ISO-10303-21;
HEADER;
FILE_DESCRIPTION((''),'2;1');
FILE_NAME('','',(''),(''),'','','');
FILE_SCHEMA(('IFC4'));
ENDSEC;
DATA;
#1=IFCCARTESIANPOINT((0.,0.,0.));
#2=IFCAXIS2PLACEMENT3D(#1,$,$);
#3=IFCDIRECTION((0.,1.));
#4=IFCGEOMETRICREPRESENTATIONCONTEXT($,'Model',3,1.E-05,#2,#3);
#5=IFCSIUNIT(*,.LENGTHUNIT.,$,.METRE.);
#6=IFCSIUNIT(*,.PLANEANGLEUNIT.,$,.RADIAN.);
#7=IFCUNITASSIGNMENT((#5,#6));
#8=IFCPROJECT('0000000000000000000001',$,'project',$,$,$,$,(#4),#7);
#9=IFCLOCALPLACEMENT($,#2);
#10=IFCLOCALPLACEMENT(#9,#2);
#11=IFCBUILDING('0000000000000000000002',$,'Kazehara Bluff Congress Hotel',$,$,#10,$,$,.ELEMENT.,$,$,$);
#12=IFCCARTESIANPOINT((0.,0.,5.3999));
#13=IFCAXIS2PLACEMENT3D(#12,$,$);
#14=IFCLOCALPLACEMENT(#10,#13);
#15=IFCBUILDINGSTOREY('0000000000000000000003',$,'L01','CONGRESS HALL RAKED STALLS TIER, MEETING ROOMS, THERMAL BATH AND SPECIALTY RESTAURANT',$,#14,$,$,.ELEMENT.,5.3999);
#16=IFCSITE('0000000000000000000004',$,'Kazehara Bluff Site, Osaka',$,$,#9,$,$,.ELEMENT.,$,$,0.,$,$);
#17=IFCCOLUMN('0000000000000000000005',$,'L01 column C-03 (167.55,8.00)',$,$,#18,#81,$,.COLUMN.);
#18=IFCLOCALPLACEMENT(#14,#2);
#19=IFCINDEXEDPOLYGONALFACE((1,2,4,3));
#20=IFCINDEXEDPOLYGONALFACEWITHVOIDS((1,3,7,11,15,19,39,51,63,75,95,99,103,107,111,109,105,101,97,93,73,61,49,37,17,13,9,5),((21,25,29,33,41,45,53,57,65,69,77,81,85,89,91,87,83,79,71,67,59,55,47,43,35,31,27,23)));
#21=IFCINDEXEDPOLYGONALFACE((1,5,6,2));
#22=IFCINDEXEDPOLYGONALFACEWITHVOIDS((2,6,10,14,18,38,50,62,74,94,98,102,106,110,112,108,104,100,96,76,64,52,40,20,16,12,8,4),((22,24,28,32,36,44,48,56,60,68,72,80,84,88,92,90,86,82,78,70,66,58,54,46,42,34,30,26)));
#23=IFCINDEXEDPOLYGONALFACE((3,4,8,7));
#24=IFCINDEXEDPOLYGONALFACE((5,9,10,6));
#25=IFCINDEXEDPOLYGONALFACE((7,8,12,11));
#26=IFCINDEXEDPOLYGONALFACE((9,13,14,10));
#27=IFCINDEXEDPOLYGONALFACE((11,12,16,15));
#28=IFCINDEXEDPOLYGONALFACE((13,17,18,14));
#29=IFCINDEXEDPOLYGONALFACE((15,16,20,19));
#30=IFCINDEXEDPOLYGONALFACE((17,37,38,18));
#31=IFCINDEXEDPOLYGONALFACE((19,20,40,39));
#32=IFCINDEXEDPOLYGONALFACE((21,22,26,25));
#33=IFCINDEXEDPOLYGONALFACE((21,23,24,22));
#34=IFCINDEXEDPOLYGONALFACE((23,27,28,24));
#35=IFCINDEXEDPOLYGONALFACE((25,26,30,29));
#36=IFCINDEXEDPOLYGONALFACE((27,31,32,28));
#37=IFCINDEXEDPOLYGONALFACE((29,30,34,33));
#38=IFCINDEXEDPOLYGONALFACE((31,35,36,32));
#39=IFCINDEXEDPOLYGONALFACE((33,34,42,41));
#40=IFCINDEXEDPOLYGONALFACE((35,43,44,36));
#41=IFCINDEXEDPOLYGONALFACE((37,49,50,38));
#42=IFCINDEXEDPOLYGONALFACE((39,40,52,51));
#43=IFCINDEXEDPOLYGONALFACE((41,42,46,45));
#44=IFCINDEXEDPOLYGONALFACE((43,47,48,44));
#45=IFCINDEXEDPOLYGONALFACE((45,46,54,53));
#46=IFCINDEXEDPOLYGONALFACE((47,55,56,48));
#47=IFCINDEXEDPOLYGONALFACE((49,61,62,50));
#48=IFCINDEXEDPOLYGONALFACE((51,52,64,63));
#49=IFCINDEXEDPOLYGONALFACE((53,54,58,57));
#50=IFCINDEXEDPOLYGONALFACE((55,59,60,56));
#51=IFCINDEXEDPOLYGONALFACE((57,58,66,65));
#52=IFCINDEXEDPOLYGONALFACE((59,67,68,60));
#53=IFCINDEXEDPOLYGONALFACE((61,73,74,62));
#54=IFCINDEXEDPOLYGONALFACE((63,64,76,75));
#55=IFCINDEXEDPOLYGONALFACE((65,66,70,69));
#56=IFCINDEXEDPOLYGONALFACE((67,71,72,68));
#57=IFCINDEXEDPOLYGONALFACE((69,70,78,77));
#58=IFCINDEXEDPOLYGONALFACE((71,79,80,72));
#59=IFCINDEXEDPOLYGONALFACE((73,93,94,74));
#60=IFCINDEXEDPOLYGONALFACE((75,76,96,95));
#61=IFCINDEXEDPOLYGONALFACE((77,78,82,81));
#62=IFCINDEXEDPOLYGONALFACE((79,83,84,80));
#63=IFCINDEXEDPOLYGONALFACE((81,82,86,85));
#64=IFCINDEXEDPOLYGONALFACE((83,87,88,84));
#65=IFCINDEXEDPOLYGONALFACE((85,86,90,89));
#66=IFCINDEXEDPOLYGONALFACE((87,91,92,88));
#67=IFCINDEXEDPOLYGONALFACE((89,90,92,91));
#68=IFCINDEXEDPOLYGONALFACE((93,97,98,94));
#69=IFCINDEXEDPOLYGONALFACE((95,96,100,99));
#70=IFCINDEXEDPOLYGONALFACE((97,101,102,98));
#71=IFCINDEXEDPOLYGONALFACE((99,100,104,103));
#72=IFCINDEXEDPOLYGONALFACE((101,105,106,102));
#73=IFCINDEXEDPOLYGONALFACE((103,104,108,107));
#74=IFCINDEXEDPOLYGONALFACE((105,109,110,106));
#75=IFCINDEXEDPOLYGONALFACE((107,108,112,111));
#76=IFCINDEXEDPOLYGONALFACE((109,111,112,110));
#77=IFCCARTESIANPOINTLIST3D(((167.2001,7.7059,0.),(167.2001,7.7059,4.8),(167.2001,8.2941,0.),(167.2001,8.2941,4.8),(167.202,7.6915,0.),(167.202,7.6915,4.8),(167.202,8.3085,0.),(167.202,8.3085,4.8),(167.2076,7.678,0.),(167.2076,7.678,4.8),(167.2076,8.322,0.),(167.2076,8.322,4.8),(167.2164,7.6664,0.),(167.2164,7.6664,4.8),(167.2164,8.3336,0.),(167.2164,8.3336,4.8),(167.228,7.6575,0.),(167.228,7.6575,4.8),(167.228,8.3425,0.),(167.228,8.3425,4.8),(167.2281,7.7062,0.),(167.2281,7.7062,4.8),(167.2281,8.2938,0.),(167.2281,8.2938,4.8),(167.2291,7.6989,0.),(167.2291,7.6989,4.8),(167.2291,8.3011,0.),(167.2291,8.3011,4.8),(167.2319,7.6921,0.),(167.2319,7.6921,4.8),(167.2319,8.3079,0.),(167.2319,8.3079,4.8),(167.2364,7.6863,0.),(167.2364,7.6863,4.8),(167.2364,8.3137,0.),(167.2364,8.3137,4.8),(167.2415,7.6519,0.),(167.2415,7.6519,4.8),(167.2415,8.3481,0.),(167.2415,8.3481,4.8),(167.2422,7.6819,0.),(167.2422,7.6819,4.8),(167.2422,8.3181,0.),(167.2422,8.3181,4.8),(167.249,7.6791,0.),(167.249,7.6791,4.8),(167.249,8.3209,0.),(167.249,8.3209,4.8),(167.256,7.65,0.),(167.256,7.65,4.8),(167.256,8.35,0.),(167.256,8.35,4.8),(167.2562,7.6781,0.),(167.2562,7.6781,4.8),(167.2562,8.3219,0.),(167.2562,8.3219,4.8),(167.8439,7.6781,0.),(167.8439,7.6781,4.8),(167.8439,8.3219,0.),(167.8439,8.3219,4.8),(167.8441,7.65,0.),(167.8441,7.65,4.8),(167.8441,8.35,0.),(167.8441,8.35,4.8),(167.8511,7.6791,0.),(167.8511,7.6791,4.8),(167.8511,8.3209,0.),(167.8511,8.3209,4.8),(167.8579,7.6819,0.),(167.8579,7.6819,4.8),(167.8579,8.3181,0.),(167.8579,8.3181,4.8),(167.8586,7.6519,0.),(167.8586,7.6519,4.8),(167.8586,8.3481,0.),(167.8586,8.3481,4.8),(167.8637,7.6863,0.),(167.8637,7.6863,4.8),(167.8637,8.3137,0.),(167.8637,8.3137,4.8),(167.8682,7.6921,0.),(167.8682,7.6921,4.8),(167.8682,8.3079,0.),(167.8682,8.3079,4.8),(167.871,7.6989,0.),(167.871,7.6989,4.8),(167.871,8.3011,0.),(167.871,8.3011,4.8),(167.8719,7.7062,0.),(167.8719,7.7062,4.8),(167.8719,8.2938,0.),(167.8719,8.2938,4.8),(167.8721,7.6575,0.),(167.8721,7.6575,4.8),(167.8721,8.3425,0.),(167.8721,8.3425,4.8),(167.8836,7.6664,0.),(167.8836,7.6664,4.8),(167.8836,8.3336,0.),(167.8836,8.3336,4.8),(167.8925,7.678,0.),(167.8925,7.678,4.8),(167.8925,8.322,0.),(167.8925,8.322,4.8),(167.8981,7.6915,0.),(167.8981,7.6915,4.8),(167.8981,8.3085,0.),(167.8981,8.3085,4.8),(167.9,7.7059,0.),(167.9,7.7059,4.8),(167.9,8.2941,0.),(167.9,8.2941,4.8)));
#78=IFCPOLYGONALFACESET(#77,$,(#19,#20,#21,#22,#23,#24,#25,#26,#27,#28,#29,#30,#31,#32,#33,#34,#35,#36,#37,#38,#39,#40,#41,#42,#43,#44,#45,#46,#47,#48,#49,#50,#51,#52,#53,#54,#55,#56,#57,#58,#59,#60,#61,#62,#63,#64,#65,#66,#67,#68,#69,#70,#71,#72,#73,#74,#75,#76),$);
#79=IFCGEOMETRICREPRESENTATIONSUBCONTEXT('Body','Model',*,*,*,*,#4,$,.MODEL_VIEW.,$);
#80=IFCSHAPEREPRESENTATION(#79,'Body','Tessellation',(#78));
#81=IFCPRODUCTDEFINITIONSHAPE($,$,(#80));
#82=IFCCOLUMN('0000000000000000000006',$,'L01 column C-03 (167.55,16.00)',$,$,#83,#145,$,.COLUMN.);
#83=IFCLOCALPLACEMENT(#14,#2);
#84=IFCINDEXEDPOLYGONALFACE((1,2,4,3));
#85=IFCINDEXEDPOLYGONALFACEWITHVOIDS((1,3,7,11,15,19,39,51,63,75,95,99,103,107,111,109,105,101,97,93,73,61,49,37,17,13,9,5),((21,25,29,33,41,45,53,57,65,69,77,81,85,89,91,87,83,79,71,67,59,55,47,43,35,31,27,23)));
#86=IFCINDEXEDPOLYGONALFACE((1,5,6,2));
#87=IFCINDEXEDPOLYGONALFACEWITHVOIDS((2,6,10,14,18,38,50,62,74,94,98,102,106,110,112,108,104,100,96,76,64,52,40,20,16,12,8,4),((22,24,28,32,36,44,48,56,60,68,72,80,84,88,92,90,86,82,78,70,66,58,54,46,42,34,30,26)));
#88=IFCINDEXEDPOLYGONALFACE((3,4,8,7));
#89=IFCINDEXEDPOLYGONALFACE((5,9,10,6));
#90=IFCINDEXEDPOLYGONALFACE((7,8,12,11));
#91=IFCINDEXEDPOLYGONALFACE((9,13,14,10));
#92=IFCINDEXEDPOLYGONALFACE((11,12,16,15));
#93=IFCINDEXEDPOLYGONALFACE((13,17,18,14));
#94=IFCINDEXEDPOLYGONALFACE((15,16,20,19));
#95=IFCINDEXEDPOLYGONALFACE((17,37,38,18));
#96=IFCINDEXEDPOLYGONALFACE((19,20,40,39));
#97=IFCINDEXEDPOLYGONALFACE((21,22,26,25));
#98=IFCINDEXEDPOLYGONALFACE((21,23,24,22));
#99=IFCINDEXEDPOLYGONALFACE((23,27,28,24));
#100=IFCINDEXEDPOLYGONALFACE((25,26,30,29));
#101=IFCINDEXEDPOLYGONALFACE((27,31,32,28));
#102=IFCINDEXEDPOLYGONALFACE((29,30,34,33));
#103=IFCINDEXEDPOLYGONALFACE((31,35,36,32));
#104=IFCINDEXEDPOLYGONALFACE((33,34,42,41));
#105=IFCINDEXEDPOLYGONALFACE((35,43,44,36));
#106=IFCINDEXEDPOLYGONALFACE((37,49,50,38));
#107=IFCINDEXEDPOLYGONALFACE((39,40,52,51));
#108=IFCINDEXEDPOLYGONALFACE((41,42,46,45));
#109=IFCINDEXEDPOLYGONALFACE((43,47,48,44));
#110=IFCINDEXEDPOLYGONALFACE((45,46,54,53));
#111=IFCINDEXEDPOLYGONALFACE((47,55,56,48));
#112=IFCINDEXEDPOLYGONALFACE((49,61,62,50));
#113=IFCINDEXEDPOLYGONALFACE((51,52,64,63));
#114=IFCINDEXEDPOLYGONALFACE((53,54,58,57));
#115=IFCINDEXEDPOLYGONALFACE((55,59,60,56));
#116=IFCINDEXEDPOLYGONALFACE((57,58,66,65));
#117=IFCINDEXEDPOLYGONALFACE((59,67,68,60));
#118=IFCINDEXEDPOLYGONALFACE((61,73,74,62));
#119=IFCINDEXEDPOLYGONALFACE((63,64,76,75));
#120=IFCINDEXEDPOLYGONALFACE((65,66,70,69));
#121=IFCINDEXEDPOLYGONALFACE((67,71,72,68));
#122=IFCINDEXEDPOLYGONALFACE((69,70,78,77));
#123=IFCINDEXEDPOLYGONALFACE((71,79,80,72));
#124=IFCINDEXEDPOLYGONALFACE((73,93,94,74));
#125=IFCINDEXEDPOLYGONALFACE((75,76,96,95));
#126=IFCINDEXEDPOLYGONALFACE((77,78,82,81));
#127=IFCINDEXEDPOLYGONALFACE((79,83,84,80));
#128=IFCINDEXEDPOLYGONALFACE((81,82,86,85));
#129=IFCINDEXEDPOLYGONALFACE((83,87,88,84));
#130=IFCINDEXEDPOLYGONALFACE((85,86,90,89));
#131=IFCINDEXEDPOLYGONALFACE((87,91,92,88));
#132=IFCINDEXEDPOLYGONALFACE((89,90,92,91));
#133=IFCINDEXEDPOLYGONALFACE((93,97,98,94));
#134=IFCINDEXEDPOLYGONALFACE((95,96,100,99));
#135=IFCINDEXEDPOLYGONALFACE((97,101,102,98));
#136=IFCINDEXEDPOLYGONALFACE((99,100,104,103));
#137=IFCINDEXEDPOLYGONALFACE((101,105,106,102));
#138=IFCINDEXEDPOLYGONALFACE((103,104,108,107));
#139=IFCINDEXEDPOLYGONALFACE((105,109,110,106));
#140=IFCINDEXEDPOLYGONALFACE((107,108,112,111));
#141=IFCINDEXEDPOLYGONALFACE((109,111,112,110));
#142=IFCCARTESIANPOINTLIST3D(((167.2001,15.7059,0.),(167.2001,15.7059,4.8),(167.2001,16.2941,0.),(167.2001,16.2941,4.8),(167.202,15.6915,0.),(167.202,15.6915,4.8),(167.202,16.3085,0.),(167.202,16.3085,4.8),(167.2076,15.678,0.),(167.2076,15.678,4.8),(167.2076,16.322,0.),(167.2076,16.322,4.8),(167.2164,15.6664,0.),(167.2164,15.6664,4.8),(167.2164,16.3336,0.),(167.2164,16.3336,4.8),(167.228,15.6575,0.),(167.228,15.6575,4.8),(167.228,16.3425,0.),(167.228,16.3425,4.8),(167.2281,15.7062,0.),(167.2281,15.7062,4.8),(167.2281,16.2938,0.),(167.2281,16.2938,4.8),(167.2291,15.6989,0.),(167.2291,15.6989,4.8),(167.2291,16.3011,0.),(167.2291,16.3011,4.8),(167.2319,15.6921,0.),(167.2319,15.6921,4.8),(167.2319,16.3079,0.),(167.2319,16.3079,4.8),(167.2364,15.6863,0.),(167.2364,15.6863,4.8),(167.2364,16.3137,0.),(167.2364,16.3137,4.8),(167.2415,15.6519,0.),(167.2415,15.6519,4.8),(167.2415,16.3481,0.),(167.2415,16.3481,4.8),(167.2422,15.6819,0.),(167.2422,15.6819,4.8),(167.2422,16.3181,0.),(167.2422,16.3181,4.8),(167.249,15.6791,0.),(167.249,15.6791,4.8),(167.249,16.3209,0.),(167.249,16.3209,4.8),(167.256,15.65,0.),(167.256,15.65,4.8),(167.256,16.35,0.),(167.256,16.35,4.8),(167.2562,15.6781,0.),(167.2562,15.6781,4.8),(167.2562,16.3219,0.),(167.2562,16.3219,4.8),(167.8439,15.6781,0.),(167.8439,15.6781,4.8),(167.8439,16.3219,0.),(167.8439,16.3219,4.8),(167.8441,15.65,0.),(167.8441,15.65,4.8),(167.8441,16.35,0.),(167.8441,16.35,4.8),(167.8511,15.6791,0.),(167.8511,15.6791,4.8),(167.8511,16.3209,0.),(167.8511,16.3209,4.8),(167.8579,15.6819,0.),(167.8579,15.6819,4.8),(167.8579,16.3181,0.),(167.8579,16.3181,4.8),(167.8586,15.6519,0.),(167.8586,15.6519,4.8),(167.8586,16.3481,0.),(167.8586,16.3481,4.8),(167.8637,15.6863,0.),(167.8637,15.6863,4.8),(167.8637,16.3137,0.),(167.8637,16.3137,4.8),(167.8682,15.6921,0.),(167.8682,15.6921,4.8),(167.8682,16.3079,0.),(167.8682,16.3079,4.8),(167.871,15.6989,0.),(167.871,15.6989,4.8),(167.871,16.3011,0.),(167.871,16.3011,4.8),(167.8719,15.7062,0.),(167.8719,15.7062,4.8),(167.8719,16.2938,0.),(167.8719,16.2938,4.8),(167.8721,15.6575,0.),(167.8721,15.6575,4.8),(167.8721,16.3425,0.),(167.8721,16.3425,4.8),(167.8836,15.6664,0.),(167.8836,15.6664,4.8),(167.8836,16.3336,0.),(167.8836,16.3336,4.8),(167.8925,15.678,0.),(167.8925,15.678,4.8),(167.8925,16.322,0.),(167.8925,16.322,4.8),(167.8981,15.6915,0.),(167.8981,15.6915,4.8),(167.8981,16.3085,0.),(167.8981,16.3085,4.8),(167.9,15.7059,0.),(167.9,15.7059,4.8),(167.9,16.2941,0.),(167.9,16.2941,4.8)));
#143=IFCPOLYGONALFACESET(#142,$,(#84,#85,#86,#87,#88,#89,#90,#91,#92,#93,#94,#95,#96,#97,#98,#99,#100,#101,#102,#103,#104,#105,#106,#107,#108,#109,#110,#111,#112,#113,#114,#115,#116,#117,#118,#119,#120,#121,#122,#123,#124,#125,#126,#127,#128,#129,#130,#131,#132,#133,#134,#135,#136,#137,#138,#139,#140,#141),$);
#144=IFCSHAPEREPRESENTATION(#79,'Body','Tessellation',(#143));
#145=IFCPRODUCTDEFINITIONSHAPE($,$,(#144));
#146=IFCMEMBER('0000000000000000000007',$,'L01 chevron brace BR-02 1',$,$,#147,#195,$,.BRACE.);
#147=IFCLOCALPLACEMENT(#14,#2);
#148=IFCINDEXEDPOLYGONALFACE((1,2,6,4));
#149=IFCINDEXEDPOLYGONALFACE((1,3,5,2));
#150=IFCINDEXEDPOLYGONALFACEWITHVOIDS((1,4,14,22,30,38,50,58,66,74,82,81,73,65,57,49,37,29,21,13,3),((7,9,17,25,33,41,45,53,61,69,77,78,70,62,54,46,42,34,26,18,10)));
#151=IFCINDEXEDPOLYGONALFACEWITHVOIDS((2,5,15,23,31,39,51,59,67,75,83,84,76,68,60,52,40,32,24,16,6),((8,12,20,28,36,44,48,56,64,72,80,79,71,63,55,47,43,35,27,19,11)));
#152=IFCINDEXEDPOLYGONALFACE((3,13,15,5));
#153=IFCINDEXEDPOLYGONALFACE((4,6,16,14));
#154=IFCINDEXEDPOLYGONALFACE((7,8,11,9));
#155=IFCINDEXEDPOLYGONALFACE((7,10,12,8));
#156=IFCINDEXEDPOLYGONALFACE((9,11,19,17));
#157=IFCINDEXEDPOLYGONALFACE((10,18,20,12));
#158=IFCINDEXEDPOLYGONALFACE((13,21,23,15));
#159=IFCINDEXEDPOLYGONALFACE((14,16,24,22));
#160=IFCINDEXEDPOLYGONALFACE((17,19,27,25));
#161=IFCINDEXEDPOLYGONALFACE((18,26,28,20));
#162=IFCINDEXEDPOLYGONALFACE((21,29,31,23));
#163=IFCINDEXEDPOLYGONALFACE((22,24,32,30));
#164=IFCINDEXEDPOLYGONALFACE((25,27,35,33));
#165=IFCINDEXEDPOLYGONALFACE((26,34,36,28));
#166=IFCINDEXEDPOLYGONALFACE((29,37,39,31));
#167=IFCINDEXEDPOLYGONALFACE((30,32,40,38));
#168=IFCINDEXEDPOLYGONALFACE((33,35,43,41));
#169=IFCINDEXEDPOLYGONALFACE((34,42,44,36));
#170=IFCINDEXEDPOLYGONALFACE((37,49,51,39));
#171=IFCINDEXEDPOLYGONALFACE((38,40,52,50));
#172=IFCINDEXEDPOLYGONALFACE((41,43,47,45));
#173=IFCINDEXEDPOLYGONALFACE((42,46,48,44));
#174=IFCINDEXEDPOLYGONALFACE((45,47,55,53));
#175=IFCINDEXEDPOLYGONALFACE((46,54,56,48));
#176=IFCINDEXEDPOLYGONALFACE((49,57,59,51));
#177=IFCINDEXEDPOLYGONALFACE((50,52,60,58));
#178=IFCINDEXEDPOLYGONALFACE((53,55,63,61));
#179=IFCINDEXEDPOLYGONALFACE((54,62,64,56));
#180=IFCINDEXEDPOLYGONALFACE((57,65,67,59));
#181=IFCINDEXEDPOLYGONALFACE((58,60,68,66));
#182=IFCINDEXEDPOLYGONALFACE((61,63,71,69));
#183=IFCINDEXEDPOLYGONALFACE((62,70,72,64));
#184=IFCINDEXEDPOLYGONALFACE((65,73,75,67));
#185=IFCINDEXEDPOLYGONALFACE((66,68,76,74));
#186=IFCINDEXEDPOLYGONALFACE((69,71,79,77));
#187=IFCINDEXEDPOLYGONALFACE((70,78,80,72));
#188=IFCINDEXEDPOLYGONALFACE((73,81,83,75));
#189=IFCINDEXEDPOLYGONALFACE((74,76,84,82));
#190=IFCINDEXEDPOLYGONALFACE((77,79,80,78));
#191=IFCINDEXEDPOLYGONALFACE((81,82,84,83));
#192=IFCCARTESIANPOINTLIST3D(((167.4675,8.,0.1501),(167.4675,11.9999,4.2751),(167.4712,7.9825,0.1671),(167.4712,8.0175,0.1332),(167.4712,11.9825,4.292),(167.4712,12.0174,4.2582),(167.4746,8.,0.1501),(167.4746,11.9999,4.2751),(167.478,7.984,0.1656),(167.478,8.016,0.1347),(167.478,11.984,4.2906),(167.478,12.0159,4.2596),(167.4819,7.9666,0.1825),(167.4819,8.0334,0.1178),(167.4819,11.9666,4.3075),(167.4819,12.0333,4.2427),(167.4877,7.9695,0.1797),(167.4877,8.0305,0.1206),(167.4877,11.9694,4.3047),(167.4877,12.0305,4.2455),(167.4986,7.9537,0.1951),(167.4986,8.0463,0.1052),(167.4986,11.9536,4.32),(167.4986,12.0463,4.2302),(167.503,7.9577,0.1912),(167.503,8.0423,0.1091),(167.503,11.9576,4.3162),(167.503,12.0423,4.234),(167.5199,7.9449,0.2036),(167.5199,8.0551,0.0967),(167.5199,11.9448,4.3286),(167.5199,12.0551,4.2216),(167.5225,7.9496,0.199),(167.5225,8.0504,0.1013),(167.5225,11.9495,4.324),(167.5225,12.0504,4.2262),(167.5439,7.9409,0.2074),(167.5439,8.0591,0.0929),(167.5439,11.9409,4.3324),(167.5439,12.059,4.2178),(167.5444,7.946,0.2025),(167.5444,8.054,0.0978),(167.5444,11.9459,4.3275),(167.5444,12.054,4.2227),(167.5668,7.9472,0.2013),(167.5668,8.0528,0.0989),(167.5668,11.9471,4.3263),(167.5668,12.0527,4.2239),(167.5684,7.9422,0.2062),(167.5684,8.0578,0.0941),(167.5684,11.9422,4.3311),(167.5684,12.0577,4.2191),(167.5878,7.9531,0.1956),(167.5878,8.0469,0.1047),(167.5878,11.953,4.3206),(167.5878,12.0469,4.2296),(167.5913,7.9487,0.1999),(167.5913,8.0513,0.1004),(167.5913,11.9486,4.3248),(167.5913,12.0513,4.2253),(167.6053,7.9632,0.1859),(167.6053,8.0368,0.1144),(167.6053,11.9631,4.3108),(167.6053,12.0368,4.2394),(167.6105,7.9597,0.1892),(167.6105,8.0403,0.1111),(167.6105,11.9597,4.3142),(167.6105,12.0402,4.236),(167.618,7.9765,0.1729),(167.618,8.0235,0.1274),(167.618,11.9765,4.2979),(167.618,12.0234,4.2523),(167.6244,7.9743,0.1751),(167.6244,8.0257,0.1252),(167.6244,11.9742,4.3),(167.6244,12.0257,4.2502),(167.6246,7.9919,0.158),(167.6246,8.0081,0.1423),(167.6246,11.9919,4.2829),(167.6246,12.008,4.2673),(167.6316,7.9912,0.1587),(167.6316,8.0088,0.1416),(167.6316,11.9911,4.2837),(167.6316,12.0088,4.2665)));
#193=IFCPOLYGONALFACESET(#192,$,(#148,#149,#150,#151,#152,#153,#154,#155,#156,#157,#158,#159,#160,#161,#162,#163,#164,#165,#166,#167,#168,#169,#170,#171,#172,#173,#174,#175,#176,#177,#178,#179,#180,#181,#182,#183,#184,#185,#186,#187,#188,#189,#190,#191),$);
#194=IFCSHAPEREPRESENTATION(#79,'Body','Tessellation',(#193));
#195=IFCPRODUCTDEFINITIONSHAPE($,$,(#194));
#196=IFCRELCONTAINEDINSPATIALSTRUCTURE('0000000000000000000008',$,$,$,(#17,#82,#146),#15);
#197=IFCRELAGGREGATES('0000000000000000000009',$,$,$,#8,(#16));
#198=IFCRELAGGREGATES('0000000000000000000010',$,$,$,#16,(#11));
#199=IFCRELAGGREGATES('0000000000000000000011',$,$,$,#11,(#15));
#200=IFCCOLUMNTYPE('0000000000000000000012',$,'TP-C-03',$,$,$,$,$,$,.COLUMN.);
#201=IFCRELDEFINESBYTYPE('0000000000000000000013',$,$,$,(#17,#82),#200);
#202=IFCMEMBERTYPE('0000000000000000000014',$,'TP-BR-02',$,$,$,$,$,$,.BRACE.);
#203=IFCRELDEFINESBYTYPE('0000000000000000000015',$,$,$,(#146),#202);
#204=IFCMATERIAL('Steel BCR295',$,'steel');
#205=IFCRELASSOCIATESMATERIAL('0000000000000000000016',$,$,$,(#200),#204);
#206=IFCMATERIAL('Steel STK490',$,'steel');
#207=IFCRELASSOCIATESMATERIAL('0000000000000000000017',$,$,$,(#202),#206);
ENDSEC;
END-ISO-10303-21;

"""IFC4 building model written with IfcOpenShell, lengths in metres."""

from ifc_helpers import new_model, si_unit, direction, frame, origin, origin_2d, place, context, subcontext, project, spatial, hollow_rectangle, hollow_circle, extrude, material, material_profile, profile_set, type_object, element, save


model = new_model("IFC4")

# Units and contexts
model_context = context("Model", 3, precision=1e-05, world=origin(), true_north=direction((0.0, 1.0)))
body_context = subcontext(model_context, "Body", "Model", "MODEL_VIEW")
ifc_project = project(units=[si_unit("LENGTHUNIT", "METRE"), si_unit("PLANEANGLEUNIT", "RADIAN")], contexts=[model_context])

# Site, building, storey
site_placement = place(None, origin())
site = spatial("IfcSite", under=ifc_project, at=site_placement, Name="Kazehara Bluff Site, Osaka", CompositionType="ELEMENT", RefElevation=0.0)
building_placement = place(site_placement, origin())
building = spatial("IfcBuilding", under=site, at=building_placement, Name="Kazehara Bluff Congress Hotel", CompositionType="ELEMENT")
storey_placement = place(building_placement, frame((0.0, 0.0, 5.3999)))
storey = spatial("IfcBuildingStorey", under=building, at=storey_placement, Name="L01", Description="CONGRESS HALL RAKED STALLS TIER, MEETING ROOMS, THERMAL BATH AND SPECIALTY RESTAURANT", CompositionType="ELEMENT", Elevation=5.3999)

# Columns
ifc_material_1 = material(Name="Steel BCR295", Category="steel")
ifc_material_profile_1 = material_profile(ifc_material_1, hollow_rectangle(XDim=0.7, YDim=0.7, WallThickness=0.0281, InnerFilletRadius=0.0281, OuterFilletRadius=0.0559, at=origin_2d()))
ifc_profile_set_1 = profile_set([ifc_material_profile_1], Name="Steel BCR295")
column_type = type_object("IfcColumnType", Name="TP-C-03", PredefinedType="COLUMN", material=ifc_profile_set_1)
for number, where, z_axis, x_axis, name in (
    (1, (167.55, 8.0, 0.0), (0.0, 0.0, 1.0), (1.0, 0.0, 0.0), "L01 column C-03 (167.55,8.00)"),
    (2, (167.55, 16.0, 0.0), (0.0, 0.0, 1.0), (1.0, 0.0, 0.0), "L01 column C-03 (167.55,16.00)"),
):
    element("IfcColumn", number, at=place(storey_placement, frame(where, z_axis=z_axis, x_axis=x_axis)), inside=storey, type_object=column_type, Name=name, PredefinedType="COLUMN", context=body_context, shape_type="SweptSolid", body=[
        extrude(hollow_rectangle(XDim=0.7, YDim=0.7, WallThickness=0.0281, InnerFilletRadius=0.0281, OuterFilletRadius=0.0559, at=origin_2d()), origin(), (0.0, 0.0, 1.0), 4.8),
    ])

# Member
ifc_material_2 = material(Name="Steel STK490", Category="steel")
ifc_material_profile_2 = material_profile(ifc_material_2, hollow_circle(Radius=0.0825, WallThickness=0.0071, at=origin_2d()))
ifc_profile_set_2 = profile_set([ifc_material_profile_2], Name="Steel STK490")
member_type_1 = type_object("IfcMemberType", Name="TP-BR-02", PredefinedType="BRACE", material=ifc_profile_set_2)
for number, where, z_axis, x_axis, name in (
    (3, (167.55, 8.0, 0.1501), (0.0, 0.696146, 0.7179), (-1.0, 0.0, 0.0), "L01 chevron brace BR-02 1"),
):
    element("IfcMember", number, at=place(storey_placement, frame(where, z_axis=z_axis, x_axis=x_axis)), inside=storey, type_object=member_type_1, Name=name, PredefinedType="BRACE", context=body_context, shape_type="SweptSolid", body=[
        extrude(hollow_circle(Radius=0.0825, WallThickness=0.0071, at=origin_2d()), origin(), (0.0, 0.0, 1.0), 5.7458),
    ])

save(model, "model.ifc")
